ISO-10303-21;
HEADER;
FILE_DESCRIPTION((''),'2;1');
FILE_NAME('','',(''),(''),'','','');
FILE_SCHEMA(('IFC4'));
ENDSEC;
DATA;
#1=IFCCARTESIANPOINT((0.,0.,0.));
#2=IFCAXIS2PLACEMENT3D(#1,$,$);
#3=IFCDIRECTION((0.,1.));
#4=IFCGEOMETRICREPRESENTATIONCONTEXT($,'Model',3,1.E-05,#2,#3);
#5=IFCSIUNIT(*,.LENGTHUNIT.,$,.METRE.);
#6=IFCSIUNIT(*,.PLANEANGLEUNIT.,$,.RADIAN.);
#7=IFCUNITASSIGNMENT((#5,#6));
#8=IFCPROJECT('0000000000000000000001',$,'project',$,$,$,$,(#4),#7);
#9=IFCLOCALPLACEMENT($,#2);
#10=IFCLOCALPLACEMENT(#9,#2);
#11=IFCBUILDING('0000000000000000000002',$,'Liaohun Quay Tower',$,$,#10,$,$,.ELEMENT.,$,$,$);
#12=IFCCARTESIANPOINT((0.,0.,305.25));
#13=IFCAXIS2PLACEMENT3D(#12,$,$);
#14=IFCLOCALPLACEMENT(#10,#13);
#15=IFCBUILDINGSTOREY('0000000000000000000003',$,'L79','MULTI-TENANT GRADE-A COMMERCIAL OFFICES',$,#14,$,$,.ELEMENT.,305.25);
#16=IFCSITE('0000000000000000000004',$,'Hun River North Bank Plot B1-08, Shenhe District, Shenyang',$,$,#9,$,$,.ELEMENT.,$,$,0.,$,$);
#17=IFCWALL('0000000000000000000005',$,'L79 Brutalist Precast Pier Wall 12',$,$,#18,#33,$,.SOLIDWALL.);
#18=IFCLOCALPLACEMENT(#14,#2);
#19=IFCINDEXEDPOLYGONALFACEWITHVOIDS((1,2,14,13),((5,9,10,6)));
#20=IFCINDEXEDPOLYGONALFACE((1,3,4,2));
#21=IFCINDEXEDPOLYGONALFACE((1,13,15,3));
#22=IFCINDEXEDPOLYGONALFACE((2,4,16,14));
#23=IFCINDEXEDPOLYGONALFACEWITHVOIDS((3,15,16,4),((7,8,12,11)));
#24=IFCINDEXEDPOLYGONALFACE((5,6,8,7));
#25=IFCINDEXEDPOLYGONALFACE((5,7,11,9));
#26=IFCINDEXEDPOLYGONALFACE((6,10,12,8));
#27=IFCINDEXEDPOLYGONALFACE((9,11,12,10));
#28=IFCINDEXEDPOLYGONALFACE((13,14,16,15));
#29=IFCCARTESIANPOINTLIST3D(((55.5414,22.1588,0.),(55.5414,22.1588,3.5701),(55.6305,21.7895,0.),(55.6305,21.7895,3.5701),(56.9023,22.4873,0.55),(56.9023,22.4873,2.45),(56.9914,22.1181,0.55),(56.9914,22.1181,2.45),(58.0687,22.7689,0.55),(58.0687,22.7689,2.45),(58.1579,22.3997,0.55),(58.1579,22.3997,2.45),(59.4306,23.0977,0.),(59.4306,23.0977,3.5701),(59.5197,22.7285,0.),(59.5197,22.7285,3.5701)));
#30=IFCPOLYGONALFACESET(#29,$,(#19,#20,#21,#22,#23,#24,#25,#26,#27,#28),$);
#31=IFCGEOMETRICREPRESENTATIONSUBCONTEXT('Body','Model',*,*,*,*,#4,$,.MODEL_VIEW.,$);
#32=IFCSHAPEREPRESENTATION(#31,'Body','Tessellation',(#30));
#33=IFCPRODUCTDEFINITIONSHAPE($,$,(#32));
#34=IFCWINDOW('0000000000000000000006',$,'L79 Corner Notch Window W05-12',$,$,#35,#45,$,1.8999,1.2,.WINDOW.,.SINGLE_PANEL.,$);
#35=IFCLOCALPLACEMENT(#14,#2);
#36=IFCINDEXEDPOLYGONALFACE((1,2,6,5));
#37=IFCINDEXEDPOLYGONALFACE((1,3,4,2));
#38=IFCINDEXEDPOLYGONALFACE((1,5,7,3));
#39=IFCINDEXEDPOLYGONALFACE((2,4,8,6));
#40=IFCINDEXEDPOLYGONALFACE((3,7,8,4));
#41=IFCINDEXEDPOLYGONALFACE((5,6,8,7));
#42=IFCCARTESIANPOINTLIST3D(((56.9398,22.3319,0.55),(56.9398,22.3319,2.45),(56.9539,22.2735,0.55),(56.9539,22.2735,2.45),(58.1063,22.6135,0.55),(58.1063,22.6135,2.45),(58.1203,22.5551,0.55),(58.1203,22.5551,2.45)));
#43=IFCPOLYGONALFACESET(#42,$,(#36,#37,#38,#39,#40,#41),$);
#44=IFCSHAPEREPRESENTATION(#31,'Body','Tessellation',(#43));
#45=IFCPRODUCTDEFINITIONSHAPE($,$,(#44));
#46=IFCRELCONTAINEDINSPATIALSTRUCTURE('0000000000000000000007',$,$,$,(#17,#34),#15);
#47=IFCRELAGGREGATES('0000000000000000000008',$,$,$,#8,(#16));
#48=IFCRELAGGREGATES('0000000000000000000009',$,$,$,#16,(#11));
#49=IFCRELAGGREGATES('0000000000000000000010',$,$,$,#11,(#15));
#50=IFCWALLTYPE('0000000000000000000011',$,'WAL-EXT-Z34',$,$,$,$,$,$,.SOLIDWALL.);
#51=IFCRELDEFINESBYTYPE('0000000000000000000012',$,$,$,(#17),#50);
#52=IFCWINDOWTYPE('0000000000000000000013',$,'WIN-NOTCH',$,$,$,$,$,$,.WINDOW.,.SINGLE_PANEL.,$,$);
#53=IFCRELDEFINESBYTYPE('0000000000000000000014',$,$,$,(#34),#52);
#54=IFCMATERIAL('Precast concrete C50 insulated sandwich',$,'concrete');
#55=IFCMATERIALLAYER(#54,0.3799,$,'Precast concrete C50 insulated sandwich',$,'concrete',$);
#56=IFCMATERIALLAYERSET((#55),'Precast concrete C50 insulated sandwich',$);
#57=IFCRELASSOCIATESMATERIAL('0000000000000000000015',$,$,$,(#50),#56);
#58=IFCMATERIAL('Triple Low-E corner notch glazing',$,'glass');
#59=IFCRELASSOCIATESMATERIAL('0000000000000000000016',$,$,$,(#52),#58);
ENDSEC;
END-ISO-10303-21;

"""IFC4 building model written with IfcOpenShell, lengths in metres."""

from ifc_helpers import new_model, si_unit, direction, frame, frame_2d, origin, place, context, subcontext, project, spatial, rectangle, extrude, source, transform, mapped, material, layer, layer_set, type_object, element, fill, save


model = new_model("IFC4")

# Units and contexts
model_context = context("Model", 3, precision=1e-05, world=origin(), true_north=direction((0.0, 1.0)))
body_context = subcontext(model_context, "Body", "Model", "MODEL_VIEW")
ifc_project = project(units=[si_unit("LENGTHUNIT", "METRE"), si_unit("PLANEANGLEUNIT", "RADIAN")], contexts=[model_context])

# Site, building, storey
site_placement = place(None, origin())
site = spatial("IfcSite", under=ifc_project, at=site_placement, Name="Hun River North Bank Plot B1-08, Shenhe District, Shenyang", CompositionType="ELEMENT", RefElevation=0.0)
building_placement = place(site_placement, origin())
building = spatial("IfcBuilding", under=site, at=building_placement, Name="Liaohun Quay Tower", CompositionType="ELEMENT")
storey_placement = place(building_placement, frame((0.0, 0.0, 305.25)))
storey = spatial("IfcBuildingStorey", under=building, at=storey_placement, Name="L79", Description="MULTI-TENANT GRADE-A COMMERCIAL OFFICES", CompositionType="ELEMENT", Elevation=305.25)

# Wall, opening, window
ifc_material_1 = material(Name="Precast concrete C50 insulated sandwich", Category="concrete")
ifc_layer_1 = layer(ifc_material_1, 0.3799, Name="Precast concrete C50 insulated sandwich", Category="concrete")
ifc_layer_set_1 = layer_set([ifc_layer_1], Name="Precast concrete C50 insulated sandwich")
wall_type_1 = type_object("IfcWallType", Name="WAL-EXT-Z34", PredefinedType="SOLIDWALL", material=ifc_layer_set_1)
wall_1_placement = place(storey_placement, frame((55.5859, 21.9741, 0.0), z_axis=(0.0, 0.0, 1.0), x_axis=(0.972071, 0.234688, 0.0)))
wall_1 = element("IfcWall", 1, at=wall_1_placement, inside=storey, type_object=wall_type_1, Name="L79 Brutalist Precast Pier Wall 12", PredefinedType="SOLIDWALL", context=body_context, shape_type="SweptSolid", body=[
    extrude(rectangle(XDim=4.001, YDim=0.3799, at=frame_2d((2.0005, 0.0))), origin(), (0.0, 0.0, 1.0), 3.5701),
])
shared_shape_1 = source(origin(), body_context, "Body", "SweptSolid", [
    extrude(rectangle(XDim=1.2, YDim=1.8999, at=frame_2d((0.6001, 0.95))), frame((0.0, 0.2, 0.0), z_axis=(0.0, -1.0, 0.0), x_axis=(1.0, 0.0, 0.0)), (0.0, 0.0, 1.0), 0.3999),
])
opening_1_placement = place(wall_1_placement, frame((1.3999, 0.0, 0.55)))
opening_1 = element("IfcOpeningElement", 2, at=opening_1_placement, cuts=wall_1, PredefinedType="OPENING", context=body_context, shape_type="MappedRepresentation", body=[
    mapped(shared_shape_1, transform((0.0, 0.0, 0.0), x_axis=(1.0, 0.0, 0.0), y_axis=(0.0, 1.0, 0.0), z_axis=(0.0, 0.0, 1.0), scale=1.0)),
])
ifc_material_2 = material(Name="Triple Low-E corner notch glazing", Category="glass")
window_type_1 = type_object("IfcWindowType", Name="WIN-NOTCH", PartitioningType="SINGLE_PANEL", PredefinedType="WINDOW", material=ifc_material_2)
shared_shape_2 = source(origin(), body_context, "Body", "SweptSolid", [
    extrude(rectangle(XDim=1.2, YDim=1.8999, at=frame_2d((0.6001, 0.95))), frame((0.0, 0.03, 0.0), z_axis=(0.0, -1.0, 0.0), x_axis=(1.0, 0.0, 0.0)), (0.0, 0.0, 1.0), 0.0601),
])
window_1_placement = place(opening_1_placement, origin())
window_1 = element("IfcWindow", 3, at=window_1_placement, inside=storey, type_object=window_type_1, Name="L79 Corner Notch Window W05-12", OverallHeight=1.8999, OverallWidth=1.2, PartitioningType="SINGLE_PANEL", PredefinedType="WINDOW", context=body_context, shape_type="MappedRepresentation", body=[
    mapped(shared_shape_2, transform((0.0, 0.0, 0.0), x_axis=(1.0, 0.0, 0.0), y_axis=(0.0, 1.0, 0.0), z_axis=(0.0, 0.0, 1.0), scale=1.0)),
])
fill(opening_1, window_1)

save(model, "model.ifc")
